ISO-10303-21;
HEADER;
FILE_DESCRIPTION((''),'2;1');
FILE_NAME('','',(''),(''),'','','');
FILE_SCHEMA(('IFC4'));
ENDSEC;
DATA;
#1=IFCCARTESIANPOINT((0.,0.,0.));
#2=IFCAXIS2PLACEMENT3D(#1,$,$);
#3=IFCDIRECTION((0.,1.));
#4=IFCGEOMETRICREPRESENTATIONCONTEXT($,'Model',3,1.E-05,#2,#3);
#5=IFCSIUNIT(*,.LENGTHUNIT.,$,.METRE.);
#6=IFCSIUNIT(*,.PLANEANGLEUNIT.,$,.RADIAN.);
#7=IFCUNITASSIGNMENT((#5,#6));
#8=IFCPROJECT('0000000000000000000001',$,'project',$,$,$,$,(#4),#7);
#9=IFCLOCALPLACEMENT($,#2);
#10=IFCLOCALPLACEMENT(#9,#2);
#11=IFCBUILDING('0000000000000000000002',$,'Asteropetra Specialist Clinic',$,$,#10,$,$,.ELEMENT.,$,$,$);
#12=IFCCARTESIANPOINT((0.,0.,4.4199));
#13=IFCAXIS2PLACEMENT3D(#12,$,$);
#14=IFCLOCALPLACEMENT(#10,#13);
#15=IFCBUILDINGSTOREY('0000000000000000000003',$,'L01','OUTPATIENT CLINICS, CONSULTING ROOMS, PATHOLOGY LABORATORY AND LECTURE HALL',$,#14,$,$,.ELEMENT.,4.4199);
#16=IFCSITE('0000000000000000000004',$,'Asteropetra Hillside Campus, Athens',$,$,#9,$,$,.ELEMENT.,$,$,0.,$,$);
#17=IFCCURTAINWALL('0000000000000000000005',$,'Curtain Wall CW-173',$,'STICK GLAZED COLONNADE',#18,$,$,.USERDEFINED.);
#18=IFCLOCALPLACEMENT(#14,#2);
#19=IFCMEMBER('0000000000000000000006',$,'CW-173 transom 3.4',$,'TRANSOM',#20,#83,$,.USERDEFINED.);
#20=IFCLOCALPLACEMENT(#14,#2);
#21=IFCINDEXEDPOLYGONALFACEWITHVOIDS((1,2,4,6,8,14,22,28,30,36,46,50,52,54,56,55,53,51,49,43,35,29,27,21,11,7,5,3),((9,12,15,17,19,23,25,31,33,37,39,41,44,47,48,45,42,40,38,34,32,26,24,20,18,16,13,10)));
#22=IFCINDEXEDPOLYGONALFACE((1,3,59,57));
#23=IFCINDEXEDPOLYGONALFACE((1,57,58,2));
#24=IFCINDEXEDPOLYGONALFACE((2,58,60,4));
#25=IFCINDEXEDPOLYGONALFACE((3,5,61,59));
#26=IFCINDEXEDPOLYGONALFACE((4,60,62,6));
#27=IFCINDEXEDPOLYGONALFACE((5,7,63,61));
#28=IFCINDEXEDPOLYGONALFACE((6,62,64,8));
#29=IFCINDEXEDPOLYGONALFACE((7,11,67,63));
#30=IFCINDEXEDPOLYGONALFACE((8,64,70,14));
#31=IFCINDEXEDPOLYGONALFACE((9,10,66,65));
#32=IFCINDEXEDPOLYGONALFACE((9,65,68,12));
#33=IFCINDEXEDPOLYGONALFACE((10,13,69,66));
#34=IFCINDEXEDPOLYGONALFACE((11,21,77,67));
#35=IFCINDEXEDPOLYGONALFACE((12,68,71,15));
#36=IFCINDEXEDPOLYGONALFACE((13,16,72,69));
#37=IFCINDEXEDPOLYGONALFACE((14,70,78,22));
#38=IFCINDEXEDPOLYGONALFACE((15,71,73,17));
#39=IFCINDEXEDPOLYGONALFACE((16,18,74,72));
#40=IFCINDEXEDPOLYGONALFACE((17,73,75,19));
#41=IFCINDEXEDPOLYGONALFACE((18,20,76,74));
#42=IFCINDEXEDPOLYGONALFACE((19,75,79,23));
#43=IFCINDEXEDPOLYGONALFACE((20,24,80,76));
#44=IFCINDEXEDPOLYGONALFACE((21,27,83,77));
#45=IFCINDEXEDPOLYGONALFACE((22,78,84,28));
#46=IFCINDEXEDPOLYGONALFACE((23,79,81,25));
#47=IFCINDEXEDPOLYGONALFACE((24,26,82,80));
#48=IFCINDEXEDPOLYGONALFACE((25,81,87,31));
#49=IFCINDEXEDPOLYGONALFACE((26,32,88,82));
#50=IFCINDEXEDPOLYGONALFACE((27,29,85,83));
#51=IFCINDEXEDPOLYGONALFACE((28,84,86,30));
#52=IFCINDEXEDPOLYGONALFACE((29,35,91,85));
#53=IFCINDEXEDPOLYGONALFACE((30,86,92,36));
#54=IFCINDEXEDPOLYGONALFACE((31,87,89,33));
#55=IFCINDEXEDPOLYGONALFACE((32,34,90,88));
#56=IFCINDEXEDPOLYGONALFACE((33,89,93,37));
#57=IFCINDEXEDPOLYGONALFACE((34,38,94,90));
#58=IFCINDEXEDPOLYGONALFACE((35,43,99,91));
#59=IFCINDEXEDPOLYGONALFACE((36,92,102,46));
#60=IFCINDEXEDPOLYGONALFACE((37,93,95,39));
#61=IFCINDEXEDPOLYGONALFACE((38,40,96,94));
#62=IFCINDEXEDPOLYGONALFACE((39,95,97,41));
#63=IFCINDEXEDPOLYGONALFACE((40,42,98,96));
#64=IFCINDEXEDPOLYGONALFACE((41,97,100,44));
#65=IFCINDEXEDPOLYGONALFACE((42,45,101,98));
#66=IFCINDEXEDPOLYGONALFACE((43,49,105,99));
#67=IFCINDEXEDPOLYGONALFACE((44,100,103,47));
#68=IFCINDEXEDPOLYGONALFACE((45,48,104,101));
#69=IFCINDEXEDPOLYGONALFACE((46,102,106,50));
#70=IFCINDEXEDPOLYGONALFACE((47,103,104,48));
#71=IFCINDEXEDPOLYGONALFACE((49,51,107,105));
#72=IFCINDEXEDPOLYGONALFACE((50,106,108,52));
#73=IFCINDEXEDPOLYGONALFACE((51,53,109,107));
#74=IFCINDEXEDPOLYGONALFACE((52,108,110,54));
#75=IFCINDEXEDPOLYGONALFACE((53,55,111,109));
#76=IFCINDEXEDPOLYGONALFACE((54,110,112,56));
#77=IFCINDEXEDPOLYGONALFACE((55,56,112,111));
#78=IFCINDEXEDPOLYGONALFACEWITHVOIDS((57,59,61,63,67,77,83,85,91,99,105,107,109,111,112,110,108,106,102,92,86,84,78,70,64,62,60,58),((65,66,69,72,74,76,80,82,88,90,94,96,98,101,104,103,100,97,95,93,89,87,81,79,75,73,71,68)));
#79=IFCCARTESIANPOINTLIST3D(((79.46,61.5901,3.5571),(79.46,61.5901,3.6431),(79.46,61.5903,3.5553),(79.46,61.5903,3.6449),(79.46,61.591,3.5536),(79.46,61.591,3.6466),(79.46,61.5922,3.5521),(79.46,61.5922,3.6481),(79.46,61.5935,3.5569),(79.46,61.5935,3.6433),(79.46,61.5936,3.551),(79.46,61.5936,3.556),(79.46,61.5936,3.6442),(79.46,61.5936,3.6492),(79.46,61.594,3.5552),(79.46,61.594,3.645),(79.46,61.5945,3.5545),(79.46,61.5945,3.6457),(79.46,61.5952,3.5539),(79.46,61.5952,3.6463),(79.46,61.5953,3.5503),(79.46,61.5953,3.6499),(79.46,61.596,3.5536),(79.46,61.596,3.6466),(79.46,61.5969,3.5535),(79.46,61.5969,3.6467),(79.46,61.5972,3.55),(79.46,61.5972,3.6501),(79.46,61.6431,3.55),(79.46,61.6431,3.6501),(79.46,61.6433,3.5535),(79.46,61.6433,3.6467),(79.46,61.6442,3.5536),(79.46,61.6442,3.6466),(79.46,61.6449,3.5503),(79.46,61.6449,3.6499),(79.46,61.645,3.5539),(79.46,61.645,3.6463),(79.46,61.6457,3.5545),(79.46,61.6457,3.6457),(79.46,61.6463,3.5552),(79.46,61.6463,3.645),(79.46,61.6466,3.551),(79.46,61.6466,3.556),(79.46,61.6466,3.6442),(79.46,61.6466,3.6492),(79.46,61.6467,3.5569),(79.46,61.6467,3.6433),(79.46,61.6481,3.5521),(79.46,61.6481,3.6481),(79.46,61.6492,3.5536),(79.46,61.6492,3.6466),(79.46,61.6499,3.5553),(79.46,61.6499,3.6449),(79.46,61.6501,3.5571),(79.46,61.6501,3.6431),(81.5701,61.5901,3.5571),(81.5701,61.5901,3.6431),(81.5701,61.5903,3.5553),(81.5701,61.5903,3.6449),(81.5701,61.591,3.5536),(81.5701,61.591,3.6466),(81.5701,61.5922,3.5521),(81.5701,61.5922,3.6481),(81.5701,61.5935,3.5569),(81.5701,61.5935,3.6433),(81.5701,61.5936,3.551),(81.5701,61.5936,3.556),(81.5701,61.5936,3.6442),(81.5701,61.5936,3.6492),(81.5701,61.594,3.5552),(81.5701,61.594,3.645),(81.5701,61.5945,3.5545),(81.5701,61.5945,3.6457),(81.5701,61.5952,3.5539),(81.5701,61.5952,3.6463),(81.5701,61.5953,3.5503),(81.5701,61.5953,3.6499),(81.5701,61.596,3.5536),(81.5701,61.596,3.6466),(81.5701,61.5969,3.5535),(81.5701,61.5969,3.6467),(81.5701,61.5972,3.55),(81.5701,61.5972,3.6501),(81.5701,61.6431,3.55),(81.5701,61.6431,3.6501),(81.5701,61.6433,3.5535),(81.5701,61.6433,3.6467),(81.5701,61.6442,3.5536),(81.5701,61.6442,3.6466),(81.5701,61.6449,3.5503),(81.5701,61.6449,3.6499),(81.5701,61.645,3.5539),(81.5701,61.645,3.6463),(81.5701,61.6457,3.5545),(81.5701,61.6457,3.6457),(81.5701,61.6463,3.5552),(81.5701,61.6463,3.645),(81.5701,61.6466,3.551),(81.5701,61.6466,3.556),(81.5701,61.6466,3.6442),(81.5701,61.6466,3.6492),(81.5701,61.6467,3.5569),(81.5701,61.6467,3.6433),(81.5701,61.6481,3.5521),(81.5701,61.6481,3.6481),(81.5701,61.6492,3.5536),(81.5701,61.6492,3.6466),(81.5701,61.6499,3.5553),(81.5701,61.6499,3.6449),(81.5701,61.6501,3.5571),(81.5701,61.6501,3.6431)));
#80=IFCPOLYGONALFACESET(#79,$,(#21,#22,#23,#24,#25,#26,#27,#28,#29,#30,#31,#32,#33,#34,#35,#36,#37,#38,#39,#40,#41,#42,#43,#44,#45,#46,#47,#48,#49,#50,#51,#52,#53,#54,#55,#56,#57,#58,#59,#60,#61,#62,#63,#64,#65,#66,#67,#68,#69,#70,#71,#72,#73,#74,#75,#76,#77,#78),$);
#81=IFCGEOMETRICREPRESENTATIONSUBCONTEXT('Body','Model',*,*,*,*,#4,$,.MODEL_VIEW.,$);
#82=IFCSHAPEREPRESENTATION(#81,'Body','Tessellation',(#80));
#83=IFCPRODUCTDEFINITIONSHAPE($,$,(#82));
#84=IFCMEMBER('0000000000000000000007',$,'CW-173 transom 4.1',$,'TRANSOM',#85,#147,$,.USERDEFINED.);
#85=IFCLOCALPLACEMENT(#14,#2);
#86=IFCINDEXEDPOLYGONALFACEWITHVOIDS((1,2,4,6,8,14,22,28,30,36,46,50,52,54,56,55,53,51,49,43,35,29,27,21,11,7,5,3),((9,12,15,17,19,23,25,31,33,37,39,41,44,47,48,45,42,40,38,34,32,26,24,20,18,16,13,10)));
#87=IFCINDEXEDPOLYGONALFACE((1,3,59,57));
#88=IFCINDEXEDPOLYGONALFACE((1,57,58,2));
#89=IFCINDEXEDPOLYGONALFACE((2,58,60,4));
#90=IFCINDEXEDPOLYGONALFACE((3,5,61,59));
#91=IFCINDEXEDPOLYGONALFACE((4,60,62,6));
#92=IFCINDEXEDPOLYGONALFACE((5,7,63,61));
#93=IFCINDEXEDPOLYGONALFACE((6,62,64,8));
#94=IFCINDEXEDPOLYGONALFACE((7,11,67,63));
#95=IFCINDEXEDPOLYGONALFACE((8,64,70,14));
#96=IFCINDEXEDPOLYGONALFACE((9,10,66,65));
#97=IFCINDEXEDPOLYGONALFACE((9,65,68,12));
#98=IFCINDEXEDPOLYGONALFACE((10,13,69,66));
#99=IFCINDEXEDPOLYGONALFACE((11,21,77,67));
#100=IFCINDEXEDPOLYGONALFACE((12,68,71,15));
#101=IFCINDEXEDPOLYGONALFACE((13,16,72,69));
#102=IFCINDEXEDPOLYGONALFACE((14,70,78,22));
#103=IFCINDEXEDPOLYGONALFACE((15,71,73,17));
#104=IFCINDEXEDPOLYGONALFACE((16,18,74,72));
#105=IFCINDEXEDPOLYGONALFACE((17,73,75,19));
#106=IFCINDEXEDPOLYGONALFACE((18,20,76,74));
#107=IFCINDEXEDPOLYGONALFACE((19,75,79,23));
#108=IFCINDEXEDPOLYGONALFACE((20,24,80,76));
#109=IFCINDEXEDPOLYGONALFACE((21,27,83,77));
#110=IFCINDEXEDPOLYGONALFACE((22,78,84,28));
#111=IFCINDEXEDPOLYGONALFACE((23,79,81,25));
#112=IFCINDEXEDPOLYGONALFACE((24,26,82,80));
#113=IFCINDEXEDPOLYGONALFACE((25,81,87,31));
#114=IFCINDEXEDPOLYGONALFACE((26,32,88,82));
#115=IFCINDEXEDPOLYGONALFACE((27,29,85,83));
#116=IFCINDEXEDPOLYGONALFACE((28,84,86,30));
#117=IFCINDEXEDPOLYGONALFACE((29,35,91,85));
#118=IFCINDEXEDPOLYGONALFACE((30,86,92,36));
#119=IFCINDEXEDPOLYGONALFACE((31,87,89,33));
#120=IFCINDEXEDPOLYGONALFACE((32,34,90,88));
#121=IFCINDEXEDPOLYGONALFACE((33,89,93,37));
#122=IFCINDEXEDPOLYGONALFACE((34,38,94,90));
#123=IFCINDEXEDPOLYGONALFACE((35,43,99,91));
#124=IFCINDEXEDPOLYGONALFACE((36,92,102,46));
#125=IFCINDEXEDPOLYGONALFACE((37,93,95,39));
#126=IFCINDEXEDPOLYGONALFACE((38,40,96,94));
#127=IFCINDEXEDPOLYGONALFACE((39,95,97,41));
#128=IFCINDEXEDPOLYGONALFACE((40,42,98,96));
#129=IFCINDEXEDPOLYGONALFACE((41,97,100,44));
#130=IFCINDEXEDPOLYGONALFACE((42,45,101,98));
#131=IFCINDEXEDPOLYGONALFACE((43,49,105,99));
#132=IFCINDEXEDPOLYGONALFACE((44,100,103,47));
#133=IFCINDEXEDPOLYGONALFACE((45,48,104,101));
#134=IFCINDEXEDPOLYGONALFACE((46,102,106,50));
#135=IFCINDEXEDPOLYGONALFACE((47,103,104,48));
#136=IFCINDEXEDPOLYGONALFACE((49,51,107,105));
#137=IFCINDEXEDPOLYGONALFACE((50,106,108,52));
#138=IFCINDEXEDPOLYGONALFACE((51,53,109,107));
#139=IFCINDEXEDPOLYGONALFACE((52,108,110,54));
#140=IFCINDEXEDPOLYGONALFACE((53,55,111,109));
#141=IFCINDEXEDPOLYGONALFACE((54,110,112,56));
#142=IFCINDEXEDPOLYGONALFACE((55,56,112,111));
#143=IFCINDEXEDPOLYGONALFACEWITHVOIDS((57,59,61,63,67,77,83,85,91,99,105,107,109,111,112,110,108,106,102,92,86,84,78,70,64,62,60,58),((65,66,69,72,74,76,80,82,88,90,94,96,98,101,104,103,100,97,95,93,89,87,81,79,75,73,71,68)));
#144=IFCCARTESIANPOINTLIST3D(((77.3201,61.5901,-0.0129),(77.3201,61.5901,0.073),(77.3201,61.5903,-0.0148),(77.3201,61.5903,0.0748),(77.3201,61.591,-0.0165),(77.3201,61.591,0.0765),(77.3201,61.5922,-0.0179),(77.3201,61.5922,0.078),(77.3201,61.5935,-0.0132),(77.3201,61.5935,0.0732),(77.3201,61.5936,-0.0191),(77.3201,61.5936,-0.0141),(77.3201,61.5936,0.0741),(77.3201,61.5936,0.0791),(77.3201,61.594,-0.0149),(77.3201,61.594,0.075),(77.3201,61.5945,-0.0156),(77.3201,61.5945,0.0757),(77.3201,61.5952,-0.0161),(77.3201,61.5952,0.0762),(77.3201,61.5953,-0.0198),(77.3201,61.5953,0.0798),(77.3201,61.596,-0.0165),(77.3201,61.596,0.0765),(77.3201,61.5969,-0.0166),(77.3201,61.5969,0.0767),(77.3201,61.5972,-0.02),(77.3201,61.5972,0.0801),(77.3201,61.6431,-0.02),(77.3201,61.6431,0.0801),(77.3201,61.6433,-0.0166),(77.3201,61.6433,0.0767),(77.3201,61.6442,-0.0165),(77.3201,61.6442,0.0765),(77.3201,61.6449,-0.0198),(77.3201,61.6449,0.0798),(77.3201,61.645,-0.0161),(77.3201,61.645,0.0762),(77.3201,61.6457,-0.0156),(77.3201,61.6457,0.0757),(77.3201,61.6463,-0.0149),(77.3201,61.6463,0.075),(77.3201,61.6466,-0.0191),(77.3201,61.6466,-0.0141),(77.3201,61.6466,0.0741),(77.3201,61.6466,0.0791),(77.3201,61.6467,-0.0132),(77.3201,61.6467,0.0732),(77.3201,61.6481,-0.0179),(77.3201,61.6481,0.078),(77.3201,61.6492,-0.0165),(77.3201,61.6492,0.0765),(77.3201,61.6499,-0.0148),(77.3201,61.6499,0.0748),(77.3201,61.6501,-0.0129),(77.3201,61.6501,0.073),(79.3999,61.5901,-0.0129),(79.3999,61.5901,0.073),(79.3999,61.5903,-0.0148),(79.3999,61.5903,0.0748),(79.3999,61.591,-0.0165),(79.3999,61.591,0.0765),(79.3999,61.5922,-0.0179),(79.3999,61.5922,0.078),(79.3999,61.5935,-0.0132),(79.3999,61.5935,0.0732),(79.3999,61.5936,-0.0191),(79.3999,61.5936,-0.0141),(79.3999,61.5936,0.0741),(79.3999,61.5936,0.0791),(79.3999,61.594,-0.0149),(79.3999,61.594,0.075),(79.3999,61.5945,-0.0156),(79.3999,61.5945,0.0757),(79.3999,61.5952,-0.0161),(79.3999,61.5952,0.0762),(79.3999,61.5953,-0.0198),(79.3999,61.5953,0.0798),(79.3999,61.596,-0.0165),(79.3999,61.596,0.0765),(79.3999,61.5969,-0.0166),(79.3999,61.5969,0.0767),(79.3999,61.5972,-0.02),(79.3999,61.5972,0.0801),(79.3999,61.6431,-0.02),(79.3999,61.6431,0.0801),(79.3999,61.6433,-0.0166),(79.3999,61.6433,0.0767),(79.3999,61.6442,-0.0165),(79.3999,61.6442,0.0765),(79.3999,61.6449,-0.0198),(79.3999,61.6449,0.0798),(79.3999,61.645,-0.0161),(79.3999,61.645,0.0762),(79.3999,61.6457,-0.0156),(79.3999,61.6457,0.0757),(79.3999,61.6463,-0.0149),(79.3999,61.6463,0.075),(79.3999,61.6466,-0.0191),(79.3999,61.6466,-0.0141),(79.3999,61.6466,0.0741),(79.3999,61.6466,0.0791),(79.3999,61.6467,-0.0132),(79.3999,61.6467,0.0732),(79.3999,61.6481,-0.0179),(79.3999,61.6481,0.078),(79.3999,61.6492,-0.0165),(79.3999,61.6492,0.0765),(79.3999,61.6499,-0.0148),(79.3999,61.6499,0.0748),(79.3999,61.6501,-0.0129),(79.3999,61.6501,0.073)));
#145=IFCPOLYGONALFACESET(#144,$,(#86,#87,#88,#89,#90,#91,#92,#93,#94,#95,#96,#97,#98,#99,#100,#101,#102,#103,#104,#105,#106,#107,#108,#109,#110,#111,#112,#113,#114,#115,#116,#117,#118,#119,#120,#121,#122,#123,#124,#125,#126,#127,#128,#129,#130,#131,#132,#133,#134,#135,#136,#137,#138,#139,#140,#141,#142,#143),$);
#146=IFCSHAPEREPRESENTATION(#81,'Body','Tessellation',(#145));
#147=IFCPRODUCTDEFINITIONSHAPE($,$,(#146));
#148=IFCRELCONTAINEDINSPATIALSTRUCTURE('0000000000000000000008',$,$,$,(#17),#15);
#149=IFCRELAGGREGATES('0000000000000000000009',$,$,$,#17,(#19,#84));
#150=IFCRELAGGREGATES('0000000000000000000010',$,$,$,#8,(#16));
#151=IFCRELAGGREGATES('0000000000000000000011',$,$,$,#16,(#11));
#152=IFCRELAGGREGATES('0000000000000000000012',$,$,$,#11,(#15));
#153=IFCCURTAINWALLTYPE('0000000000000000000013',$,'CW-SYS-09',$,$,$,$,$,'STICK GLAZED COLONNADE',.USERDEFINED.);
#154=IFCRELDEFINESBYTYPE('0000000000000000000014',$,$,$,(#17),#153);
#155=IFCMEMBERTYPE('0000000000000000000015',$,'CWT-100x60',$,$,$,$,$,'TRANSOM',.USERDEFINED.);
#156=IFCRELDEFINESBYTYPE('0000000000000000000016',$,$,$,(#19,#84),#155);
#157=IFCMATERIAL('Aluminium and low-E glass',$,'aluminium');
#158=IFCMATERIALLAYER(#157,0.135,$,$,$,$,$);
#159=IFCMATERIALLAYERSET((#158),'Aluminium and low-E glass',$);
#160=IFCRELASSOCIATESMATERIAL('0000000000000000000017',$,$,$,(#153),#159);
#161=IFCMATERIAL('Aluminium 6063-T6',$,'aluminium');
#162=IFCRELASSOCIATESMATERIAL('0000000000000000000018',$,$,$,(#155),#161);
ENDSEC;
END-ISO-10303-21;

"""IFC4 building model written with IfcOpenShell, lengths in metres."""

from ifc_helpers import new_model, si_unit, direction, frame, origin, origin_2d, place, context, subcontext, project, spatial, hollow_rectangle, extrude, material, layer, layer_set, material_profile, profile_set, type_object, element, aggregate, save


model = new_model("IFC4")

# Units and contexts
model_context = context("Model", 3, precision=1e-05, world=origin(), true_north=direction((0.0, 1.0)))
body_context = subcontext(model_context, "Body", "Model", "MODEL_VIEW")
ifc_project = project(units=[si_unit("LENGTHUNIT", "METRE"), si_unit("PLANEANGLEUNIT", "RADIAN")], contexts=[model_context])

# Site, building, storey
site_placement = place(None, origin())
site = spatial("IfcSite", under=ifc_project, at=site_placement, Name="Asteropetra Hillside Campus, Athens", CompositionType="ELEMENT", RefElevation=0.0)
building_placement = place(site_placement, origin())
building = spatial("IfcBuilding", under=site, at=building_placement, Name="Asteropetra Specialist Clinic", CompositionType="ELEMENT")
storey_placement = place(building_placement, frame((0.0, 0.0, 4.4199)))
storey = spatial("IfcBuildingStorey", under=building, at=storey_placement, Name="L01", Description="OUTPATIENT CLINICS, CONSULTING ROOMS, PATHOLOGY LABORATORY AND LECTURE HALL", CompositionType="ELEMENT", Elevation=4.4199)

# Curtain wall, members
ifc_material_1 = material(Name="Aluminium and low-E glass", Category="aluminium")
ifc_layer_1 = layer(ifc_material_1, 0.135)
ifc_layer_set_1 = layer_set([ifc_layer_1], Name="Aluminium and low-E glass")
curtain_wall_type = type_object("IfcCurtainWallType", Name="CW-SYS-09", ElementType="STICK GLAZED COLONNADE", PredefinedType="USERDEFINED", material=ifc_layer_set_1)
curtain_wall_placement = place(storey_placement, origin())
curtain_wall = element("IfcCurtainWall", 1, at=curtain_wall_placement, inside=storey, type_object=curtain_wall_type, Name="Curtain Wall CW-173", ObjectType="STICK GLAZED COLONNADE", PredefinedType="USERDEFINED")
ifc_material_2 = material(Name="Aluminium 6063-T6", Category="aluminium")
ifc_material_profile_1 = material_profile(ifc_material_2, hollow_rectangle(XDim=0.0601, YDim=0.1001, WallThickness=0.0034, InnerFilletRadius=0.0034, OuterFilletRadius=0.0071, at=origin_2d()), Name="TRN 100x60x3.5")
ifc_profile_set_1 = profile_set([ifc_material_profile_1], Name="Aluminium 6063-T6")
member_type_1 = type_object("IfcMemberType", Name="CWT-100x60", ElementType="TRANSOM", PredefinedType="USERDEFINED", material=ifc_profile_set_1)
member_1_placement = place(storey_placement, frame((81.5701, 61.6201, 3.6001), z_axis=(-1.0, 0.0, 0.0), x_axis=(0.0, -1.0, 0.0)))
member_1 = element("IfcMember", 2, at=member_1_placement, type_object=member_type_1, Name="CW-173 transom 3.4", ObjectType="TRANSOM", PredefinedType="USERDEFINED", context=body_context, shape_type="SweptSolid", body=[
    extrude(hollow_rectangle(XDim=0.0601, YDim=0.1001, WallThickness=0.0034, InnerFilletRadius=0.0034, OuterFilletRadius=0.0071, at=origin_2d()), origin(), (0.0, 0.0, 1.0), 2.1101),
])
member_2_placement = place(storey_placement, frame((79.3999, 61.6201, 0.03), z_axis=(-1.0, 0.0, 0.0), x_axis=(0.0, -1.0, 0.0)))
member_2 = element("IfcMember", 3, at=member_2_placement, type_object=member_type_1, Name="CW-173 transom 4.1", ObjectType="TRANSOM", PredefinedType="USERDEFINED", context=body_context, shape_type="SweptSolid", body=[
    extrude(hollow_rectangle(XDim=0.0601, YDim=0.1001, WallThickness=0.0034, InnerFilletRadius=0.0034, OuterFilletRadius=0.0071, at=origin_2d()), origin(), (0.0, 0.0, 1.0), 2.0798),
])

aggregate(curtain_wall, [member_1, member_2])

save(model, "model.ifc")
